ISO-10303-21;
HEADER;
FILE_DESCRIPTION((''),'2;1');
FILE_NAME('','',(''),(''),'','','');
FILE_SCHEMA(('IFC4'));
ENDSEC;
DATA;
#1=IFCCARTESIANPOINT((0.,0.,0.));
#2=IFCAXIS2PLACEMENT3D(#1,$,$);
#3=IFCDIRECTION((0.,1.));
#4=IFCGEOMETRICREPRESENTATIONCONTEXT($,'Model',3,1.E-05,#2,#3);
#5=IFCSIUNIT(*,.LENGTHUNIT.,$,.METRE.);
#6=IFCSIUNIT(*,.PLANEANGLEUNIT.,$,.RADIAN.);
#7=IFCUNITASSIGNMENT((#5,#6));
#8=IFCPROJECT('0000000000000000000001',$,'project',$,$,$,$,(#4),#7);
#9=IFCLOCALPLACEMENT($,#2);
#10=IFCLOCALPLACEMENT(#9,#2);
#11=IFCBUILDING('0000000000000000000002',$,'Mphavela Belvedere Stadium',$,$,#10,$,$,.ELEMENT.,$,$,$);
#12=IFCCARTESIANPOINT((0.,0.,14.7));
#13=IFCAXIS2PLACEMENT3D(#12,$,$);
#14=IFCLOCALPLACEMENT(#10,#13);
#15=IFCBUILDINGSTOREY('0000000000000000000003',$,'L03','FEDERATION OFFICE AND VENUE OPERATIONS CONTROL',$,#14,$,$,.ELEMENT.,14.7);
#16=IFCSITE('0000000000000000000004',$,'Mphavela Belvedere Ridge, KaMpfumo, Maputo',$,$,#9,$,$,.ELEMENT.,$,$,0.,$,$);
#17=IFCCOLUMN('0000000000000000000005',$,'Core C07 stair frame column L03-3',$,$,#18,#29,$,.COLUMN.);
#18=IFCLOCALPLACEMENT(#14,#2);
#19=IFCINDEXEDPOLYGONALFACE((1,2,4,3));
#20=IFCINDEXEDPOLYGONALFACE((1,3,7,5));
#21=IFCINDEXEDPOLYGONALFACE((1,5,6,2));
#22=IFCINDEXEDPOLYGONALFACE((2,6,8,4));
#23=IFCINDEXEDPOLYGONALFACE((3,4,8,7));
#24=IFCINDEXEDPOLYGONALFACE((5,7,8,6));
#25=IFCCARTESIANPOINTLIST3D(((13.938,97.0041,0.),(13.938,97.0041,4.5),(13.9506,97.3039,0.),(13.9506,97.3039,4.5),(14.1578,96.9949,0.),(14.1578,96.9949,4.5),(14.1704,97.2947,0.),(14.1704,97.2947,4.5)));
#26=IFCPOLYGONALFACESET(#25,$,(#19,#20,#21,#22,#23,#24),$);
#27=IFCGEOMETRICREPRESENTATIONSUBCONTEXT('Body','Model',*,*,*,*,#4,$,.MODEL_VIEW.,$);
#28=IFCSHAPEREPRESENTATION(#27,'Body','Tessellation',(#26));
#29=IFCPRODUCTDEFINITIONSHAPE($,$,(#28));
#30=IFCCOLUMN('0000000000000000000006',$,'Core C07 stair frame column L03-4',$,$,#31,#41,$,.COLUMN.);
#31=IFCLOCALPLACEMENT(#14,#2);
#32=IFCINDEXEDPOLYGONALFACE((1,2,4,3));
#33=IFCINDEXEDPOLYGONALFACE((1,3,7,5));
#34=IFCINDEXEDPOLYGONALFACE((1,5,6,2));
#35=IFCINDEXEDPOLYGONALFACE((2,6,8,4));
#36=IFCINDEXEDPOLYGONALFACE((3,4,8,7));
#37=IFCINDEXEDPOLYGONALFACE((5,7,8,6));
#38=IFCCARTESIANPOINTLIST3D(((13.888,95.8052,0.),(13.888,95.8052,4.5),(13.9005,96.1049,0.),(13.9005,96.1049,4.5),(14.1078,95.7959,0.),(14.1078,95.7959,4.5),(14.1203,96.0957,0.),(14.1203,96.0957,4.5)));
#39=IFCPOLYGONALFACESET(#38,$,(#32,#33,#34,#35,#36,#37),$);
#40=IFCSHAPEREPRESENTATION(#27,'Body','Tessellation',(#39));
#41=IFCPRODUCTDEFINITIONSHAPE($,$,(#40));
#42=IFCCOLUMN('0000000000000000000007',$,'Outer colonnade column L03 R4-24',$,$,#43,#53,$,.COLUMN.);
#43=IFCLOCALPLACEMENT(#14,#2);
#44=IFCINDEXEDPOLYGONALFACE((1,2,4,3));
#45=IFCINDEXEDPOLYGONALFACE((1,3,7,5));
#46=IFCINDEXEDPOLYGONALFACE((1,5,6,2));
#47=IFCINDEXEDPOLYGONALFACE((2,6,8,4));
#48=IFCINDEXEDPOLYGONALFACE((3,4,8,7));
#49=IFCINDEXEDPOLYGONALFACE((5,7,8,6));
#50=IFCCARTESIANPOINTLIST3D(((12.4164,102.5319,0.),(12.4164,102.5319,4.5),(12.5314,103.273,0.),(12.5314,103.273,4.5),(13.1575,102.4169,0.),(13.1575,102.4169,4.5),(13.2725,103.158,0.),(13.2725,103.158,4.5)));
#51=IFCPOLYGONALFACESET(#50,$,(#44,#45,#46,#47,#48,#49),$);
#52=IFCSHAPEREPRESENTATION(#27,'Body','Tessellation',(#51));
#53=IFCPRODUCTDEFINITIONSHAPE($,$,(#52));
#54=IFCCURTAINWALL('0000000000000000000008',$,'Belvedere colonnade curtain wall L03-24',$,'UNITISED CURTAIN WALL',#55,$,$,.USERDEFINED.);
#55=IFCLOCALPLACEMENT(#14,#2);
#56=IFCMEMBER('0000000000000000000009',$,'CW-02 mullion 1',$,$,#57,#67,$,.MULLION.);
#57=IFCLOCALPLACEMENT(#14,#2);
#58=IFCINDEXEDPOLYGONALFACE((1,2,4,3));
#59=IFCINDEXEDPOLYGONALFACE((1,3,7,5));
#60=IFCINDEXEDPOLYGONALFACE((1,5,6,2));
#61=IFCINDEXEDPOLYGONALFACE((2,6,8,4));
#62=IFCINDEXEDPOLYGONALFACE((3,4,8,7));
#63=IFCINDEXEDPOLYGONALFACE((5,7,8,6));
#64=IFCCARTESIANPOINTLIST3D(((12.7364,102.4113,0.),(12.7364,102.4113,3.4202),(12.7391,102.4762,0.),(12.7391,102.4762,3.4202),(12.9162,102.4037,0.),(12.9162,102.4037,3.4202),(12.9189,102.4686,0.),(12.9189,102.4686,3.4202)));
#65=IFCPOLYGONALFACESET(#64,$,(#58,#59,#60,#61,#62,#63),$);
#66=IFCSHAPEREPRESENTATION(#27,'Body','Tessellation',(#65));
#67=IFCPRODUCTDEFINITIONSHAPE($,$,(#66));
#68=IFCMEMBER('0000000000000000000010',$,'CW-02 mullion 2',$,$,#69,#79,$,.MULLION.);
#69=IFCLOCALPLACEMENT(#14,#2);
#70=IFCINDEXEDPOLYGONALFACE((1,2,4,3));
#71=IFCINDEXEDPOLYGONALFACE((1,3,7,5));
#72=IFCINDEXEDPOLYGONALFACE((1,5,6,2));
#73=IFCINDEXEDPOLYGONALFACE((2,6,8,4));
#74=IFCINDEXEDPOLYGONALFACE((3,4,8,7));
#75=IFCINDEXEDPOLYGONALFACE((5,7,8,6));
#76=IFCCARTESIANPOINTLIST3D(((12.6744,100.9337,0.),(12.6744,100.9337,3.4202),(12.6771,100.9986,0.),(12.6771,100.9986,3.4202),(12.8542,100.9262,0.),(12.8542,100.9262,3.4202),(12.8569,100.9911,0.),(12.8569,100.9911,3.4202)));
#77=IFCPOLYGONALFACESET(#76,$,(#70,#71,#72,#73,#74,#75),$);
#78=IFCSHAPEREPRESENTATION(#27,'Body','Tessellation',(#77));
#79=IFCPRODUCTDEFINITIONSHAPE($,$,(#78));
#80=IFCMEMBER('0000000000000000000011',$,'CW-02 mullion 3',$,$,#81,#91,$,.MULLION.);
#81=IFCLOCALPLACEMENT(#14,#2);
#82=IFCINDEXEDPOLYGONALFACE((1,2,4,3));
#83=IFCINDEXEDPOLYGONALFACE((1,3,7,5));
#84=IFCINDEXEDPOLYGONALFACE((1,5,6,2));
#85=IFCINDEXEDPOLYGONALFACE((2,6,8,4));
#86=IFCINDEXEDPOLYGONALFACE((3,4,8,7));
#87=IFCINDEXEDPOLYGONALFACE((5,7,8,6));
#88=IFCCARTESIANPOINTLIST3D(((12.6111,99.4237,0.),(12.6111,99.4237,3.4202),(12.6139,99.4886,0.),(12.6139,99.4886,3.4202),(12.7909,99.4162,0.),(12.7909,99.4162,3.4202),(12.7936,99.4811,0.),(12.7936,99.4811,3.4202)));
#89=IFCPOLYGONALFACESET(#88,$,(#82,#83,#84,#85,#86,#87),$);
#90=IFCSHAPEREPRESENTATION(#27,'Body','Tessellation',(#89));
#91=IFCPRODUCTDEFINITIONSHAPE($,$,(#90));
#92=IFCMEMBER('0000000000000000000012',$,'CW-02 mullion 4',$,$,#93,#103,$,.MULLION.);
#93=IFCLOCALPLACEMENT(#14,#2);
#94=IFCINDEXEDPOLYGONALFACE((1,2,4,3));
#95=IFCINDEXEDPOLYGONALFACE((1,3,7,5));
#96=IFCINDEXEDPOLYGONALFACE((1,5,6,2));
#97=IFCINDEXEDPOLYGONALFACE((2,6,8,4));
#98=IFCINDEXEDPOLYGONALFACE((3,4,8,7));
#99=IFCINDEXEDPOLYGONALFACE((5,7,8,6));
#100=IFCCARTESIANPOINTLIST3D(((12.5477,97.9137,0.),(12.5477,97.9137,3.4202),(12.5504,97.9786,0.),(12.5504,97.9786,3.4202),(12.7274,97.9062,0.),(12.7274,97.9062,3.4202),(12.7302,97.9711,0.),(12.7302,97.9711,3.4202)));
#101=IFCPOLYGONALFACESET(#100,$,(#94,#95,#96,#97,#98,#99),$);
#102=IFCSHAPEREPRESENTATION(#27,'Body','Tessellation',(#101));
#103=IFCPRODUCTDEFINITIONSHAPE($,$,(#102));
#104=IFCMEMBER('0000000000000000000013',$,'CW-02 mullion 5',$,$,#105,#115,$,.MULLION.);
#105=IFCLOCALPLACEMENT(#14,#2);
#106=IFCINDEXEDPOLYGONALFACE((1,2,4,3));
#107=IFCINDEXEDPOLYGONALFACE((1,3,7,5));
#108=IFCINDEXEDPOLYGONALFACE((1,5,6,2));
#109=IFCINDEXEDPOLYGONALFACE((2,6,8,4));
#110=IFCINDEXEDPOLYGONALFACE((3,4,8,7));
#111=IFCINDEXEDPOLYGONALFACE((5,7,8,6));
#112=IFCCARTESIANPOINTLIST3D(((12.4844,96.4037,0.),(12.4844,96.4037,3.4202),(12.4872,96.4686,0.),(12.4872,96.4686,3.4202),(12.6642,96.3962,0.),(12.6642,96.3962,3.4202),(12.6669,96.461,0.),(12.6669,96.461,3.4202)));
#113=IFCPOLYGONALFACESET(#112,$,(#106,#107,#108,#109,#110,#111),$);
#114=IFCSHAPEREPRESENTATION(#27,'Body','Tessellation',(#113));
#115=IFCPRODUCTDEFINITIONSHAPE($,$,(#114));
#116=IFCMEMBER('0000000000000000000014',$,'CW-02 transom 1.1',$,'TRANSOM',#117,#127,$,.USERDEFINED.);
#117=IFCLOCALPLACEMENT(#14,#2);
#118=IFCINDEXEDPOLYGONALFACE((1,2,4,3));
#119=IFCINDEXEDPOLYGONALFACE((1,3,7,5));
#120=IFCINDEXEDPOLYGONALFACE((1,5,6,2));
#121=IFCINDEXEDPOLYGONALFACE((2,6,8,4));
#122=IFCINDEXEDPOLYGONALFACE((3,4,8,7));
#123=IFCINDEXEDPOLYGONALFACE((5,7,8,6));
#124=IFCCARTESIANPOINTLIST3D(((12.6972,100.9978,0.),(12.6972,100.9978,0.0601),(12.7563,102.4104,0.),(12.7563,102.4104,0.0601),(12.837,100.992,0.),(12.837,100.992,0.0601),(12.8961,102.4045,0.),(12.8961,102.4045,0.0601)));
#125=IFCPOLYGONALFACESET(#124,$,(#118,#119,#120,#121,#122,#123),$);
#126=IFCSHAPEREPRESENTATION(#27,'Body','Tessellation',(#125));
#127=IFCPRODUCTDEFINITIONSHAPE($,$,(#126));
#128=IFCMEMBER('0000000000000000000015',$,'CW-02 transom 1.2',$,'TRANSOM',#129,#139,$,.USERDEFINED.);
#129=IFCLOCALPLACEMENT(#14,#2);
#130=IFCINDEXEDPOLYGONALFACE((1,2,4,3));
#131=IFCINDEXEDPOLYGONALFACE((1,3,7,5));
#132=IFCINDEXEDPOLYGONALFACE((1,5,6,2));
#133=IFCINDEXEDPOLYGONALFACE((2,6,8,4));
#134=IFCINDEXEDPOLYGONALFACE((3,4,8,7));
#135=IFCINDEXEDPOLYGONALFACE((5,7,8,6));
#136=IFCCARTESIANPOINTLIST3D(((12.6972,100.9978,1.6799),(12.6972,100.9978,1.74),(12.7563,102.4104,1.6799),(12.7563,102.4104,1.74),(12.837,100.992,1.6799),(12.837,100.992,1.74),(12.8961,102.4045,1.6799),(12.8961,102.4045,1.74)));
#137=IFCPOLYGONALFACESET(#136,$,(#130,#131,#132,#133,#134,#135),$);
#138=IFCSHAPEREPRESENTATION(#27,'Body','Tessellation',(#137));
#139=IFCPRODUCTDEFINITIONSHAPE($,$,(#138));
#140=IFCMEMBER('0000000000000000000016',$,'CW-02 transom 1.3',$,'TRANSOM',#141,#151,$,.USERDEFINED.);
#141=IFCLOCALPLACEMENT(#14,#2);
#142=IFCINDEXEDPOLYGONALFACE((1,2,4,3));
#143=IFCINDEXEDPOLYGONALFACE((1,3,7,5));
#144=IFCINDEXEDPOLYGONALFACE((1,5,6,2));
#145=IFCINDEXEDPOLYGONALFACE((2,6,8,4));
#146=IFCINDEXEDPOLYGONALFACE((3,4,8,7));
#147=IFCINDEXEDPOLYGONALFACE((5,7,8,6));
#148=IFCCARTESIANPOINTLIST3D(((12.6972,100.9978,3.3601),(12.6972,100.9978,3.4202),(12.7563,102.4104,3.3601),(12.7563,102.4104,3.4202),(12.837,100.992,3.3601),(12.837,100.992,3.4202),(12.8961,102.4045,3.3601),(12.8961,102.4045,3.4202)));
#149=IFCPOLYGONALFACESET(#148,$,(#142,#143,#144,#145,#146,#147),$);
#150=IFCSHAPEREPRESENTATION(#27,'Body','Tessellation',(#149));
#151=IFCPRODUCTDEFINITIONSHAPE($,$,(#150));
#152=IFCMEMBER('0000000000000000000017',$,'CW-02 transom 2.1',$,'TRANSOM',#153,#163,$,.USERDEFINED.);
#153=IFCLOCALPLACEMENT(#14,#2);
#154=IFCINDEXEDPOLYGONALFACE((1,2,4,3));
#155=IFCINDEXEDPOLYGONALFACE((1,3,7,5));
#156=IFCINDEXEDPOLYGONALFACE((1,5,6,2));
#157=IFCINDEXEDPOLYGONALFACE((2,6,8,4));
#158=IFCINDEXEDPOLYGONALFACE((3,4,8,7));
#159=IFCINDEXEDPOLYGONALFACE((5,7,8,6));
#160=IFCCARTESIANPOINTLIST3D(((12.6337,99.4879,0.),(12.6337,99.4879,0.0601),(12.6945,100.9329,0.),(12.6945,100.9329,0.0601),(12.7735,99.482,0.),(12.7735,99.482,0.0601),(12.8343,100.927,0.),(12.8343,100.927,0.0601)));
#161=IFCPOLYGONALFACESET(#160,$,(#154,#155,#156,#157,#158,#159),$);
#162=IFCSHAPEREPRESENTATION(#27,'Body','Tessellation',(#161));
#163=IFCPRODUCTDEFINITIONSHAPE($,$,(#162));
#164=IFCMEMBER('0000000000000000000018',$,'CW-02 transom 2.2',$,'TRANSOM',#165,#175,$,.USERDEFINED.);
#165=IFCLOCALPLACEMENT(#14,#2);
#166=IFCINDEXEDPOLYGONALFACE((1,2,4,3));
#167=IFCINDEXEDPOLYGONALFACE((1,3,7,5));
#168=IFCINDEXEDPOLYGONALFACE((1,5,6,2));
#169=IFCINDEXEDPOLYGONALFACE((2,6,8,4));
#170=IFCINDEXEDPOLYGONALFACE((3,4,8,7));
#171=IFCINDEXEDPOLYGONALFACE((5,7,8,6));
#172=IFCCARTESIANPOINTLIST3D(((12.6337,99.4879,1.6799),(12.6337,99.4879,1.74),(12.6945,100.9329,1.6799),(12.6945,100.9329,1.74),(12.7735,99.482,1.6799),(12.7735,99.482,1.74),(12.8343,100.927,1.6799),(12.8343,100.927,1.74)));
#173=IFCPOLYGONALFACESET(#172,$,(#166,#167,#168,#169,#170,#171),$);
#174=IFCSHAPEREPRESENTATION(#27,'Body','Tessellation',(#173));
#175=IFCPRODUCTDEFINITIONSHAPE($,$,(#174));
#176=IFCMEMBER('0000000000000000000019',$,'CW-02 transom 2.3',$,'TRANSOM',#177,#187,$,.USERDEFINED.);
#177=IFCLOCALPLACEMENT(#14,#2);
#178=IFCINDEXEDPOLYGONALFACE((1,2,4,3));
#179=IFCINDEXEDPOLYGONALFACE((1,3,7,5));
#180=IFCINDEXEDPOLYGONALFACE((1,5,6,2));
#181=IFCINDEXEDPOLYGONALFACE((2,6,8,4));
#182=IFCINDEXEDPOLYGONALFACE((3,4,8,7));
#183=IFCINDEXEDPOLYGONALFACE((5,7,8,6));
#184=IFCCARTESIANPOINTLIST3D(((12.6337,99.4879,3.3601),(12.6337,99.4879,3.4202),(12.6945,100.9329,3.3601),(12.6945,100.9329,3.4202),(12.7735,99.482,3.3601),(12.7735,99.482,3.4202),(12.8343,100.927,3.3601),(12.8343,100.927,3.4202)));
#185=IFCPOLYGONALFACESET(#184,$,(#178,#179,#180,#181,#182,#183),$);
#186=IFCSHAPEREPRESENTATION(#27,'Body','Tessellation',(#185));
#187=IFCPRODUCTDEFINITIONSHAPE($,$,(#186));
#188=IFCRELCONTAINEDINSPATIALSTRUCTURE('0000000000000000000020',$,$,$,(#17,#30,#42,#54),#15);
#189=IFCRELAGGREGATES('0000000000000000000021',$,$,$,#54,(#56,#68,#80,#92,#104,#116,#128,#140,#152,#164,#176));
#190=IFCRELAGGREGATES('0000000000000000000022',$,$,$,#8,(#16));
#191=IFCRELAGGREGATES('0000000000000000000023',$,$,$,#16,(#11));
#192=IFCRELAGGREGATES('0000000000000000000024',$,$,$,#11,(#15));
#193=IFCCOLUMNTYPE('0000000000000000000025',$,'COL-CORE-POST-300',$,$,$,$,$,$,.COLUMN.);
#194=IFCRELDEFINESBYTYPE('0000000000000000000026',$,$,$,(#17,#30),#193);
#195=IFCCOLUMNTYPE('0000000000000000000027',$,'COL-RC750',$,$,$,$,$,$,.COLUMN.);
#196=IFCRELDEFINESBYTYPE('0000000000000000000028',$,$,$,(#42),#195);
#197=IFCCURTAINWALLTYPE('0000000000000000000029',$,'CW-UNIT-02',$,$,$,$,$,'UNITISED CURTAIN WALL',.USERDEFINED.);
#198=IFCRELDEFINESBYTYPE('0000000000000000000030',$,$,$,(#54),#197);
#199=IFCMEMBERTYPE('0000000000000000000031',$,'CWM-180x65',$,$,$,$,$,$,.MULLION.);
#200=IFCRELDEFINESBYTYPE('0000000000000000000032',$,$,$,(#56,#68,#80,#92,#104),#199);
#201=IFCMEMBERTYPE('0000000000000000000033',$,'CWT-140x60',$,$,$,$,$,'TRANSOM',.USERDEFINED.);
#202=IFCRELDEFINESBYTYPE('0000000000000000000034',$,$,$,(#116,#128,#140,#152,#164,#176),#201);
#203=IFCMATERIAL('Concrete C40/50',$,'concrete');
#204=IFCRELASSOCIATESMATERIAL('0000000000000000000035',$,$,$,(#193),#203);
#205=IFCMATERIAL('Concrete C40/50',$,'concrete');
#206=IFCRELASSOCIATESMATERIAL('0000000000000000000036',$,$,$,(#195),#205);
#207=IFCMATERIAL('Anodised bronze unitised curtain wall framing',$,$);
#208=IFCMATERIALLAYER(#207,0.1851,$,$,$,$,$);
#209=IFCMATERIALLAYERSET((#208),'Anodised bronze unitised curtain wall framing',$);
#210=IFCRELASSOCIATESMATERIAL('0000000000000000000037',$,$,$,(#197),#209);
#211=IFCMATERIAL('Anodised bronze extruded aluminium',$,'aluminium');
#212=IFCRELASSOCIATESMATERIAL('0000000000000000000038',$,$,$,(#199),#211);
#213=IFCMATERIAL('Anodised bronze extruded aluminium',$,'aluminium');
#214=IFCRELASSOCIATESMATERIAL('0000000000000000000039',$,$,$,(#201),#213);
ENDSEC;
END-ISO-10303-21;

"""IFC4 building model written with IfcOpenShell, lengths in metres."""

from ifc_helpers import new_model, si_unit, direction, frame, origin, origin_2d, place, context, subcontext, project, spatial, rectangle, extrude, material, layer, layer_set, material_profile, profile_set, type_object, element, aggregate, save


model = new_model("IFC4")

# Units and contexts
model_context = context("Model", 3, precision=1e-05, world=origin(), true_north=direction((0.0, 1.0)))
body_context = subcontext(model_context, "Body", "Model", "MODEL_VIEW")
ifc_project = project(units=[si_unit("LENGTHUNIT", "METRE"), si_unit("PLANEANGLEUNIT", "RADIAN")], contexts=[model_context])

# Site, building, storey
site_placement = place(None, origin())
site = spatial("IfcSite", under=ifc_project, at=site_placement, Name="Mphavela Belvedere Ridge, KaMpfumo, Maputo", CompositionType="ELEMENT", RefElevation=0.0)
building_placement = place(site_placement, origin())
building = spatial("IfcBuilding", under=site, at=building_placement, Name="Mphavela Belvedere Stadium", CompositionType="ELEMENT")
storey_placement = place(building_placement, frame((0.0, 0.0, 14.7)))
storey = spatial("IfcBuildingStorey", under=building, at=storey_placement, Name="L03", Description="FEDERATION OFFICE AND VENUE OPERATIONS CONTROL", CompositionType="ELEMENT", Elevation=14.7)

# Columns
ifc_material_1 = material(Name="Concrete C40/50", Category="concrete")
ifc_material_profile_1 = material_profile(ifc_material_1, rectangle(XDim=0.3, YDim=0.22, at=origin_2d()), Name="RC 300x220")
ifc_profile_set_1 = profile_set([ifc_material_profile_1], Name="Concrete C40/50")
column_type_1 = type_object("IfcColumnType", Name="COL-CORE-POST-300", PredefinedType="COLUMN", material=ifc_profile_set_1)
for number, where, z_axis, x_axis, name in (
    (1, (14.0542, 97.1494, 0.0), (0.0, 0.0, 1.0), (0.041876, 0.999123, 0.0), "Core C07 stair frame column L03-3"),
    (2, (14.0042, 95.9504, 0.0), (0.0, 0.0, 1.0), (0.041876, 0.999123, 0.0), "Core C07 stair frame column L03-4"),
):
    element("IfcColumn", number, at=place(storey_placement, frame(where, z_axis=z_axis, x_axis=x_axis)), inside=storey, type_object=column_type_1, Name=name, PredefinedType="COLUMN", context=body_context, shape_type="SweptSolid", body=[
        extrude(rectangle(XDim=0.3, YDim=0.22, at=origin_2d()), origin(), (0.0, 0.0, 1.0), 4.5),
    ])
ifc_material_2 = material(Name="Concrete C40/50", Category="concrete")
ifc_material_profile_2 = material_profile(ifc_material_2, rectangle(XDim=0.75, YDim=0.75, at=origin_2d()), Name="RC 750x750")
ifc_profile_set_2 = profile_set([ifc_material_profile_2], Name="Concrete C40/50")
column_type_2 = type_object("IfcColumnType", Name="COL-RC750", PredefinedType="COLUMN", material=ifc_profile_set_2)
column_placement = place(storey_placement, frame((12.8445, 102.845, 0.0), z_axis=(0.0, 0.0, 1.0), x_axis=(-0.988175, 0.153331, 0.0)))
element("IfcColumn", 3, at=column_placement, inside=storey, type_object=column_type_2, Name="Outer colonnade column L03 R4-24", PredefinedType="COLUMN", context=body_context, shape_type="SweptSolid", body=[
    extrude(rectangle(XDim=0.75, YDim=0.75, at=origin_2d()), origin(), (0.0, 0.0, 1.0), 4.5),
])

# Curtain wall, members
ifc_material_3 = material(Name="Anodised bronze unitised curtain wall framing")
ifc_layer_1 = layer(ifc_material_3, 0.1851)
ifc_layer_set_1 = layer_set([ifc_layer_1], Name="Anodised bronze unitised curtain wall framing")
curtain_wall_type = type_object("IfcCurtainWallType", Name="CW-UNIT-02", ElementType="UNITISED CURTAIN WALL", PredefinedType="USERDEFINED", material=ifc_layer_set_1)
curtain_wall_placement = place(storey_placement, origin())
curtain_wall = element("IfcCurtainWall", 4, at=curtain_wall_placement, inside=storey, type_object=curtain_wall_type, Name="Belvedere colonnade curtain wall L03-24", ObjectType="UNITISED CURTAIN WALL", PredefinedType="USERDEFINED")
ifc_material_4 = material(Name="Anodised bronze extruded aluminium", Category="aluminium")
ifc_material_profile_3 = material_profile(ifc_material_4, rectangle(XDim=0.1799, YDim=0.0649, at=origin_2d()), Name="CW-MUL 180x65")
ifc_profile_set_3 = profile_set([ifc_material_profile_3], Name="Anodised bronze extruded aluminium")
member_type_1 = type_object("IfcMemberType", Name="CWM-180x65", PredefinedType="MULLION", material=ifc_profile_set_3)
member_1_placement = place(storey_placement, frame((12.8276, 102.4399, 0.0), z_axis=(0.0, 0.0, 1.0), x_axis=(0.999121, -0.041911, 0.0)))
member_1 = element("IfcMember", 5, at=member_1_placement, type_object=member_type_1, Name="CW-02 mullion 1", PredefinedType="MULLION", context=body_context, shape_type="SweptSolid", body=[
    extrude(rectangle(XDim=0.1799, YDim=0.0649, at=origin_2d()), origin(), (0.0, 0.0, 1.0), 3.4202),
])
member_2_placement = place(storey_placement, frame((12.7656, 100.9624, 0.0), z_axis=(0.0, 0.0, 1.0), x_axis=(0.999121, -0.041911, 0.0)))
member_2 = element("IfcMember", 6, at=member_2_placement, type_object=member_type_1, Name="CW-02 mullion 2", PredefinedType="MULLION", context=body_context, shape_type="SweptSolid", body=[
    extrude(rectangle(XDim=0.1799, YDim=0.0649, at=origin_2d()), origin(), (0.0, 0.0, 1.0), 3.4202),
])
member_3_placement = place(storey_placement, frame((12.7024, 99.4524, 0.0), z_axis=(0.0, 0.0, 1.0), x_axis=(0.999121, -0.041911, 0.0)))
member_3 = element("IfcMember", 7, at=member_3_placement, type_object=member_type_1, Name="CW-02 mullion 3", PredefinedType="MULLION", context=body_context, shape_type="SweptSolid", body=[
    extrude(rectangle(XDim=0.1799, YDim=0.0649, at=origin_2d()), origin(), (0.0, 0.0, 1.0), 3.4202),
])
member_4_placement = place(storey_placement, frame((12.6389, 97.9424, 0.0), z_axis=(0.0, 0.0, 1.0), x_axis=(0.999121, -0.041911, 0.0)))
member_4 = element("IfcMember", 8, at=member_4_placement, type_object=member_type_1, Name="CW-02 mullion 4", PredefinedType="MULLION", context=body_context, shape_type="SweptSolid", body=[
    extrude(rectangle(XDim=0.1799, YDim=0.0649, at=origin_2d()), origin(), (0.0, 0.0, 1.0), 3.4202),
])
member_5_placement = place(storey_placement, frame((12.5757, 96.4324, 0.0), z_axis=(0.0, 0.0, 1.0), x_axis=(0.999121, -0.041911, 0.0)))
member_5 = element("IfcMember", 9, at=member_5_placement, type_object=member_type_1, Name="CW-02 mullion 5", PredefinedType="MULLION", context=body_context, shape_type="SweptSolid", body=[
    extrude(rectangle(XDim=0.1799, YDim=0.0649, at=origin_2d()), origin(), (0.0, 0.0, 1.0), 3.4202),
])
ifc_material_5 = material(Name="Anodised bronze extruded aluminium", Category="aluminium")
ifc_material_profile_4 = material_profile(ifc_material_5, rectangle(XDim=0.1399, YDim=0.0601, at=origin_2d()), Name="CW-TRN 140x60")
ifc_profile_set_4 = profile_set([ifc_material_profile_4], Name="Anodised bronze extruded aluminium")
member_type_2 = type_object("IfcMemberType", Name="CWT-140x60", ElementType="TRANSOM", PredefinedType="USERDEFINED", material=ifc_profile_set_4)
member_6_placement = place(storey_placement, frame((12.8262, 102.4075, 0.03), z_axis=(-0.041789, -0.999126, 0.0), x_axis=(0.999126, -0.041789, 0.0)))
member_6 = element("IfcMember", 10, at=member_6_placement, type_object=member_type_2, Name="CW-02 transom 1.1", ObjectType="TRANSOM", PredefinedType="USERDEFINED", context=body_context, shape_type="SweptSolid", body=[
    extrude(rectangle(XDim=0.1399, YDim=0.0601, at=origin_2d()), origin(), (0.0, 0.0, 1.0), 1.4138),
])
member_7_placement = place(storey_placement, frame((12.8262, 102.4075, 1.71), z_axis=(-0.041789, -0.999126, 0.0), x_axis=(0.999126, -0.041789, 0.0)))
member_7 = element("IfcMember", 11, at=member_7_placement, type_object=member_type_2, Name="CW-02 transom 1.2", ObjectType="TRANSOM", PredefinedType="USERDEFINED", context=body_context, shape_type="SweptSolid", body=[
    extrude(rectangle(XDim=0.1399, YDim=0.0601, at=origin_2d()), origin(), (0.0, 0.0, 1.0), 1.4138),
])
member_8_placement = place(storey_placement, frame((12.8262, 102.4075, 3.3901), z_axis=(-0.041789, -0.999126, 0.0), x_axis=(0.999126, -0.041789, 0.0)))
member_8 = element("IfcMember", 12, at=member_8_placement, type_object=member_type_2, Name="CW-02 transom 1.3", ObjectType="TRANSOM", PredefinedType="USERDEFINED", context=body_context, shape_type="SweptSolid", body=[
    extrude(rectangle(XDim=0.1399, YDim=0.0601, at=origin_2d()), origin(), (0.0, 0.0, 1.0), 1.4138),
])
member_9_placement = place(storey_placement, frame((12.7644, 100.9299, 0.03), z_axis=(-0.042031, -0.999116, 0.0), x_axis=(0.999116, -0.042031, 0.0)))
member_9 = element("IfcMember", 13, at=member_9_placement, type_object=member_type_2, Name="CW-02 transom 2.1", ObjectType="TRANSOM", PredefinedType="USERDEFINED", context=body_context, shape_type="SweptSolid", body=[
    extrude(rectangle(XDim=0.1399, YDim=0.0601, at=origin_2d()), origin(), (0.0, 0.0, 1.0), 1.4463),
])
member_10_placement = place(storey_placement, frame((12.7644, 100.9299, 1.71), z_axis=(-0.042031, -0.999116, 0.0), x_axis=(0.999116, -0.042031, 0.0)))
member_10 = element("IfcMember", 14, at=member_10_placement, type_object=member_type_2, Name="CW-02 transom 2.2", ObjectType="TRANSOM", PredefinedType="USERDEFINED", context=body_context, shape_type="SweptSolid", body=[
    extrude(rectangle(XDim=0.1399, YDim=0.0601, at=origin_2d()), origin(), (0.0, 0.0, 1.0), 1.4463),
])
member_11_placement = place(storey_placement, frame((12.7644, 100.9299, 3.3901), z_axis=(-0.042031, -0.999116, 0.0), x_axis=(0.999116, -0.042031, 0.0)))
member_11 = element("IfcMember", 15, at=member_11_placement, type_object=member_type_2, Name="CW-02 transom 2.3", ObjectType="TRANSOM", PredefinedType="USERDEFINED", context=body_context, shape_type="SweptSolid", body=[
    extrude(rectangle(XDim=0.1399, YDim=0.0601, at=origin_2d()), origin(), (0.0, 0.0, 1.0), 1.4463),
])
aggregate(curtain_wall, [member_1, member_2, member_3, member_4, member_5, member_6, member_7, member_8, member_9, member_10, member_11])

save(model, "model.ifc")
